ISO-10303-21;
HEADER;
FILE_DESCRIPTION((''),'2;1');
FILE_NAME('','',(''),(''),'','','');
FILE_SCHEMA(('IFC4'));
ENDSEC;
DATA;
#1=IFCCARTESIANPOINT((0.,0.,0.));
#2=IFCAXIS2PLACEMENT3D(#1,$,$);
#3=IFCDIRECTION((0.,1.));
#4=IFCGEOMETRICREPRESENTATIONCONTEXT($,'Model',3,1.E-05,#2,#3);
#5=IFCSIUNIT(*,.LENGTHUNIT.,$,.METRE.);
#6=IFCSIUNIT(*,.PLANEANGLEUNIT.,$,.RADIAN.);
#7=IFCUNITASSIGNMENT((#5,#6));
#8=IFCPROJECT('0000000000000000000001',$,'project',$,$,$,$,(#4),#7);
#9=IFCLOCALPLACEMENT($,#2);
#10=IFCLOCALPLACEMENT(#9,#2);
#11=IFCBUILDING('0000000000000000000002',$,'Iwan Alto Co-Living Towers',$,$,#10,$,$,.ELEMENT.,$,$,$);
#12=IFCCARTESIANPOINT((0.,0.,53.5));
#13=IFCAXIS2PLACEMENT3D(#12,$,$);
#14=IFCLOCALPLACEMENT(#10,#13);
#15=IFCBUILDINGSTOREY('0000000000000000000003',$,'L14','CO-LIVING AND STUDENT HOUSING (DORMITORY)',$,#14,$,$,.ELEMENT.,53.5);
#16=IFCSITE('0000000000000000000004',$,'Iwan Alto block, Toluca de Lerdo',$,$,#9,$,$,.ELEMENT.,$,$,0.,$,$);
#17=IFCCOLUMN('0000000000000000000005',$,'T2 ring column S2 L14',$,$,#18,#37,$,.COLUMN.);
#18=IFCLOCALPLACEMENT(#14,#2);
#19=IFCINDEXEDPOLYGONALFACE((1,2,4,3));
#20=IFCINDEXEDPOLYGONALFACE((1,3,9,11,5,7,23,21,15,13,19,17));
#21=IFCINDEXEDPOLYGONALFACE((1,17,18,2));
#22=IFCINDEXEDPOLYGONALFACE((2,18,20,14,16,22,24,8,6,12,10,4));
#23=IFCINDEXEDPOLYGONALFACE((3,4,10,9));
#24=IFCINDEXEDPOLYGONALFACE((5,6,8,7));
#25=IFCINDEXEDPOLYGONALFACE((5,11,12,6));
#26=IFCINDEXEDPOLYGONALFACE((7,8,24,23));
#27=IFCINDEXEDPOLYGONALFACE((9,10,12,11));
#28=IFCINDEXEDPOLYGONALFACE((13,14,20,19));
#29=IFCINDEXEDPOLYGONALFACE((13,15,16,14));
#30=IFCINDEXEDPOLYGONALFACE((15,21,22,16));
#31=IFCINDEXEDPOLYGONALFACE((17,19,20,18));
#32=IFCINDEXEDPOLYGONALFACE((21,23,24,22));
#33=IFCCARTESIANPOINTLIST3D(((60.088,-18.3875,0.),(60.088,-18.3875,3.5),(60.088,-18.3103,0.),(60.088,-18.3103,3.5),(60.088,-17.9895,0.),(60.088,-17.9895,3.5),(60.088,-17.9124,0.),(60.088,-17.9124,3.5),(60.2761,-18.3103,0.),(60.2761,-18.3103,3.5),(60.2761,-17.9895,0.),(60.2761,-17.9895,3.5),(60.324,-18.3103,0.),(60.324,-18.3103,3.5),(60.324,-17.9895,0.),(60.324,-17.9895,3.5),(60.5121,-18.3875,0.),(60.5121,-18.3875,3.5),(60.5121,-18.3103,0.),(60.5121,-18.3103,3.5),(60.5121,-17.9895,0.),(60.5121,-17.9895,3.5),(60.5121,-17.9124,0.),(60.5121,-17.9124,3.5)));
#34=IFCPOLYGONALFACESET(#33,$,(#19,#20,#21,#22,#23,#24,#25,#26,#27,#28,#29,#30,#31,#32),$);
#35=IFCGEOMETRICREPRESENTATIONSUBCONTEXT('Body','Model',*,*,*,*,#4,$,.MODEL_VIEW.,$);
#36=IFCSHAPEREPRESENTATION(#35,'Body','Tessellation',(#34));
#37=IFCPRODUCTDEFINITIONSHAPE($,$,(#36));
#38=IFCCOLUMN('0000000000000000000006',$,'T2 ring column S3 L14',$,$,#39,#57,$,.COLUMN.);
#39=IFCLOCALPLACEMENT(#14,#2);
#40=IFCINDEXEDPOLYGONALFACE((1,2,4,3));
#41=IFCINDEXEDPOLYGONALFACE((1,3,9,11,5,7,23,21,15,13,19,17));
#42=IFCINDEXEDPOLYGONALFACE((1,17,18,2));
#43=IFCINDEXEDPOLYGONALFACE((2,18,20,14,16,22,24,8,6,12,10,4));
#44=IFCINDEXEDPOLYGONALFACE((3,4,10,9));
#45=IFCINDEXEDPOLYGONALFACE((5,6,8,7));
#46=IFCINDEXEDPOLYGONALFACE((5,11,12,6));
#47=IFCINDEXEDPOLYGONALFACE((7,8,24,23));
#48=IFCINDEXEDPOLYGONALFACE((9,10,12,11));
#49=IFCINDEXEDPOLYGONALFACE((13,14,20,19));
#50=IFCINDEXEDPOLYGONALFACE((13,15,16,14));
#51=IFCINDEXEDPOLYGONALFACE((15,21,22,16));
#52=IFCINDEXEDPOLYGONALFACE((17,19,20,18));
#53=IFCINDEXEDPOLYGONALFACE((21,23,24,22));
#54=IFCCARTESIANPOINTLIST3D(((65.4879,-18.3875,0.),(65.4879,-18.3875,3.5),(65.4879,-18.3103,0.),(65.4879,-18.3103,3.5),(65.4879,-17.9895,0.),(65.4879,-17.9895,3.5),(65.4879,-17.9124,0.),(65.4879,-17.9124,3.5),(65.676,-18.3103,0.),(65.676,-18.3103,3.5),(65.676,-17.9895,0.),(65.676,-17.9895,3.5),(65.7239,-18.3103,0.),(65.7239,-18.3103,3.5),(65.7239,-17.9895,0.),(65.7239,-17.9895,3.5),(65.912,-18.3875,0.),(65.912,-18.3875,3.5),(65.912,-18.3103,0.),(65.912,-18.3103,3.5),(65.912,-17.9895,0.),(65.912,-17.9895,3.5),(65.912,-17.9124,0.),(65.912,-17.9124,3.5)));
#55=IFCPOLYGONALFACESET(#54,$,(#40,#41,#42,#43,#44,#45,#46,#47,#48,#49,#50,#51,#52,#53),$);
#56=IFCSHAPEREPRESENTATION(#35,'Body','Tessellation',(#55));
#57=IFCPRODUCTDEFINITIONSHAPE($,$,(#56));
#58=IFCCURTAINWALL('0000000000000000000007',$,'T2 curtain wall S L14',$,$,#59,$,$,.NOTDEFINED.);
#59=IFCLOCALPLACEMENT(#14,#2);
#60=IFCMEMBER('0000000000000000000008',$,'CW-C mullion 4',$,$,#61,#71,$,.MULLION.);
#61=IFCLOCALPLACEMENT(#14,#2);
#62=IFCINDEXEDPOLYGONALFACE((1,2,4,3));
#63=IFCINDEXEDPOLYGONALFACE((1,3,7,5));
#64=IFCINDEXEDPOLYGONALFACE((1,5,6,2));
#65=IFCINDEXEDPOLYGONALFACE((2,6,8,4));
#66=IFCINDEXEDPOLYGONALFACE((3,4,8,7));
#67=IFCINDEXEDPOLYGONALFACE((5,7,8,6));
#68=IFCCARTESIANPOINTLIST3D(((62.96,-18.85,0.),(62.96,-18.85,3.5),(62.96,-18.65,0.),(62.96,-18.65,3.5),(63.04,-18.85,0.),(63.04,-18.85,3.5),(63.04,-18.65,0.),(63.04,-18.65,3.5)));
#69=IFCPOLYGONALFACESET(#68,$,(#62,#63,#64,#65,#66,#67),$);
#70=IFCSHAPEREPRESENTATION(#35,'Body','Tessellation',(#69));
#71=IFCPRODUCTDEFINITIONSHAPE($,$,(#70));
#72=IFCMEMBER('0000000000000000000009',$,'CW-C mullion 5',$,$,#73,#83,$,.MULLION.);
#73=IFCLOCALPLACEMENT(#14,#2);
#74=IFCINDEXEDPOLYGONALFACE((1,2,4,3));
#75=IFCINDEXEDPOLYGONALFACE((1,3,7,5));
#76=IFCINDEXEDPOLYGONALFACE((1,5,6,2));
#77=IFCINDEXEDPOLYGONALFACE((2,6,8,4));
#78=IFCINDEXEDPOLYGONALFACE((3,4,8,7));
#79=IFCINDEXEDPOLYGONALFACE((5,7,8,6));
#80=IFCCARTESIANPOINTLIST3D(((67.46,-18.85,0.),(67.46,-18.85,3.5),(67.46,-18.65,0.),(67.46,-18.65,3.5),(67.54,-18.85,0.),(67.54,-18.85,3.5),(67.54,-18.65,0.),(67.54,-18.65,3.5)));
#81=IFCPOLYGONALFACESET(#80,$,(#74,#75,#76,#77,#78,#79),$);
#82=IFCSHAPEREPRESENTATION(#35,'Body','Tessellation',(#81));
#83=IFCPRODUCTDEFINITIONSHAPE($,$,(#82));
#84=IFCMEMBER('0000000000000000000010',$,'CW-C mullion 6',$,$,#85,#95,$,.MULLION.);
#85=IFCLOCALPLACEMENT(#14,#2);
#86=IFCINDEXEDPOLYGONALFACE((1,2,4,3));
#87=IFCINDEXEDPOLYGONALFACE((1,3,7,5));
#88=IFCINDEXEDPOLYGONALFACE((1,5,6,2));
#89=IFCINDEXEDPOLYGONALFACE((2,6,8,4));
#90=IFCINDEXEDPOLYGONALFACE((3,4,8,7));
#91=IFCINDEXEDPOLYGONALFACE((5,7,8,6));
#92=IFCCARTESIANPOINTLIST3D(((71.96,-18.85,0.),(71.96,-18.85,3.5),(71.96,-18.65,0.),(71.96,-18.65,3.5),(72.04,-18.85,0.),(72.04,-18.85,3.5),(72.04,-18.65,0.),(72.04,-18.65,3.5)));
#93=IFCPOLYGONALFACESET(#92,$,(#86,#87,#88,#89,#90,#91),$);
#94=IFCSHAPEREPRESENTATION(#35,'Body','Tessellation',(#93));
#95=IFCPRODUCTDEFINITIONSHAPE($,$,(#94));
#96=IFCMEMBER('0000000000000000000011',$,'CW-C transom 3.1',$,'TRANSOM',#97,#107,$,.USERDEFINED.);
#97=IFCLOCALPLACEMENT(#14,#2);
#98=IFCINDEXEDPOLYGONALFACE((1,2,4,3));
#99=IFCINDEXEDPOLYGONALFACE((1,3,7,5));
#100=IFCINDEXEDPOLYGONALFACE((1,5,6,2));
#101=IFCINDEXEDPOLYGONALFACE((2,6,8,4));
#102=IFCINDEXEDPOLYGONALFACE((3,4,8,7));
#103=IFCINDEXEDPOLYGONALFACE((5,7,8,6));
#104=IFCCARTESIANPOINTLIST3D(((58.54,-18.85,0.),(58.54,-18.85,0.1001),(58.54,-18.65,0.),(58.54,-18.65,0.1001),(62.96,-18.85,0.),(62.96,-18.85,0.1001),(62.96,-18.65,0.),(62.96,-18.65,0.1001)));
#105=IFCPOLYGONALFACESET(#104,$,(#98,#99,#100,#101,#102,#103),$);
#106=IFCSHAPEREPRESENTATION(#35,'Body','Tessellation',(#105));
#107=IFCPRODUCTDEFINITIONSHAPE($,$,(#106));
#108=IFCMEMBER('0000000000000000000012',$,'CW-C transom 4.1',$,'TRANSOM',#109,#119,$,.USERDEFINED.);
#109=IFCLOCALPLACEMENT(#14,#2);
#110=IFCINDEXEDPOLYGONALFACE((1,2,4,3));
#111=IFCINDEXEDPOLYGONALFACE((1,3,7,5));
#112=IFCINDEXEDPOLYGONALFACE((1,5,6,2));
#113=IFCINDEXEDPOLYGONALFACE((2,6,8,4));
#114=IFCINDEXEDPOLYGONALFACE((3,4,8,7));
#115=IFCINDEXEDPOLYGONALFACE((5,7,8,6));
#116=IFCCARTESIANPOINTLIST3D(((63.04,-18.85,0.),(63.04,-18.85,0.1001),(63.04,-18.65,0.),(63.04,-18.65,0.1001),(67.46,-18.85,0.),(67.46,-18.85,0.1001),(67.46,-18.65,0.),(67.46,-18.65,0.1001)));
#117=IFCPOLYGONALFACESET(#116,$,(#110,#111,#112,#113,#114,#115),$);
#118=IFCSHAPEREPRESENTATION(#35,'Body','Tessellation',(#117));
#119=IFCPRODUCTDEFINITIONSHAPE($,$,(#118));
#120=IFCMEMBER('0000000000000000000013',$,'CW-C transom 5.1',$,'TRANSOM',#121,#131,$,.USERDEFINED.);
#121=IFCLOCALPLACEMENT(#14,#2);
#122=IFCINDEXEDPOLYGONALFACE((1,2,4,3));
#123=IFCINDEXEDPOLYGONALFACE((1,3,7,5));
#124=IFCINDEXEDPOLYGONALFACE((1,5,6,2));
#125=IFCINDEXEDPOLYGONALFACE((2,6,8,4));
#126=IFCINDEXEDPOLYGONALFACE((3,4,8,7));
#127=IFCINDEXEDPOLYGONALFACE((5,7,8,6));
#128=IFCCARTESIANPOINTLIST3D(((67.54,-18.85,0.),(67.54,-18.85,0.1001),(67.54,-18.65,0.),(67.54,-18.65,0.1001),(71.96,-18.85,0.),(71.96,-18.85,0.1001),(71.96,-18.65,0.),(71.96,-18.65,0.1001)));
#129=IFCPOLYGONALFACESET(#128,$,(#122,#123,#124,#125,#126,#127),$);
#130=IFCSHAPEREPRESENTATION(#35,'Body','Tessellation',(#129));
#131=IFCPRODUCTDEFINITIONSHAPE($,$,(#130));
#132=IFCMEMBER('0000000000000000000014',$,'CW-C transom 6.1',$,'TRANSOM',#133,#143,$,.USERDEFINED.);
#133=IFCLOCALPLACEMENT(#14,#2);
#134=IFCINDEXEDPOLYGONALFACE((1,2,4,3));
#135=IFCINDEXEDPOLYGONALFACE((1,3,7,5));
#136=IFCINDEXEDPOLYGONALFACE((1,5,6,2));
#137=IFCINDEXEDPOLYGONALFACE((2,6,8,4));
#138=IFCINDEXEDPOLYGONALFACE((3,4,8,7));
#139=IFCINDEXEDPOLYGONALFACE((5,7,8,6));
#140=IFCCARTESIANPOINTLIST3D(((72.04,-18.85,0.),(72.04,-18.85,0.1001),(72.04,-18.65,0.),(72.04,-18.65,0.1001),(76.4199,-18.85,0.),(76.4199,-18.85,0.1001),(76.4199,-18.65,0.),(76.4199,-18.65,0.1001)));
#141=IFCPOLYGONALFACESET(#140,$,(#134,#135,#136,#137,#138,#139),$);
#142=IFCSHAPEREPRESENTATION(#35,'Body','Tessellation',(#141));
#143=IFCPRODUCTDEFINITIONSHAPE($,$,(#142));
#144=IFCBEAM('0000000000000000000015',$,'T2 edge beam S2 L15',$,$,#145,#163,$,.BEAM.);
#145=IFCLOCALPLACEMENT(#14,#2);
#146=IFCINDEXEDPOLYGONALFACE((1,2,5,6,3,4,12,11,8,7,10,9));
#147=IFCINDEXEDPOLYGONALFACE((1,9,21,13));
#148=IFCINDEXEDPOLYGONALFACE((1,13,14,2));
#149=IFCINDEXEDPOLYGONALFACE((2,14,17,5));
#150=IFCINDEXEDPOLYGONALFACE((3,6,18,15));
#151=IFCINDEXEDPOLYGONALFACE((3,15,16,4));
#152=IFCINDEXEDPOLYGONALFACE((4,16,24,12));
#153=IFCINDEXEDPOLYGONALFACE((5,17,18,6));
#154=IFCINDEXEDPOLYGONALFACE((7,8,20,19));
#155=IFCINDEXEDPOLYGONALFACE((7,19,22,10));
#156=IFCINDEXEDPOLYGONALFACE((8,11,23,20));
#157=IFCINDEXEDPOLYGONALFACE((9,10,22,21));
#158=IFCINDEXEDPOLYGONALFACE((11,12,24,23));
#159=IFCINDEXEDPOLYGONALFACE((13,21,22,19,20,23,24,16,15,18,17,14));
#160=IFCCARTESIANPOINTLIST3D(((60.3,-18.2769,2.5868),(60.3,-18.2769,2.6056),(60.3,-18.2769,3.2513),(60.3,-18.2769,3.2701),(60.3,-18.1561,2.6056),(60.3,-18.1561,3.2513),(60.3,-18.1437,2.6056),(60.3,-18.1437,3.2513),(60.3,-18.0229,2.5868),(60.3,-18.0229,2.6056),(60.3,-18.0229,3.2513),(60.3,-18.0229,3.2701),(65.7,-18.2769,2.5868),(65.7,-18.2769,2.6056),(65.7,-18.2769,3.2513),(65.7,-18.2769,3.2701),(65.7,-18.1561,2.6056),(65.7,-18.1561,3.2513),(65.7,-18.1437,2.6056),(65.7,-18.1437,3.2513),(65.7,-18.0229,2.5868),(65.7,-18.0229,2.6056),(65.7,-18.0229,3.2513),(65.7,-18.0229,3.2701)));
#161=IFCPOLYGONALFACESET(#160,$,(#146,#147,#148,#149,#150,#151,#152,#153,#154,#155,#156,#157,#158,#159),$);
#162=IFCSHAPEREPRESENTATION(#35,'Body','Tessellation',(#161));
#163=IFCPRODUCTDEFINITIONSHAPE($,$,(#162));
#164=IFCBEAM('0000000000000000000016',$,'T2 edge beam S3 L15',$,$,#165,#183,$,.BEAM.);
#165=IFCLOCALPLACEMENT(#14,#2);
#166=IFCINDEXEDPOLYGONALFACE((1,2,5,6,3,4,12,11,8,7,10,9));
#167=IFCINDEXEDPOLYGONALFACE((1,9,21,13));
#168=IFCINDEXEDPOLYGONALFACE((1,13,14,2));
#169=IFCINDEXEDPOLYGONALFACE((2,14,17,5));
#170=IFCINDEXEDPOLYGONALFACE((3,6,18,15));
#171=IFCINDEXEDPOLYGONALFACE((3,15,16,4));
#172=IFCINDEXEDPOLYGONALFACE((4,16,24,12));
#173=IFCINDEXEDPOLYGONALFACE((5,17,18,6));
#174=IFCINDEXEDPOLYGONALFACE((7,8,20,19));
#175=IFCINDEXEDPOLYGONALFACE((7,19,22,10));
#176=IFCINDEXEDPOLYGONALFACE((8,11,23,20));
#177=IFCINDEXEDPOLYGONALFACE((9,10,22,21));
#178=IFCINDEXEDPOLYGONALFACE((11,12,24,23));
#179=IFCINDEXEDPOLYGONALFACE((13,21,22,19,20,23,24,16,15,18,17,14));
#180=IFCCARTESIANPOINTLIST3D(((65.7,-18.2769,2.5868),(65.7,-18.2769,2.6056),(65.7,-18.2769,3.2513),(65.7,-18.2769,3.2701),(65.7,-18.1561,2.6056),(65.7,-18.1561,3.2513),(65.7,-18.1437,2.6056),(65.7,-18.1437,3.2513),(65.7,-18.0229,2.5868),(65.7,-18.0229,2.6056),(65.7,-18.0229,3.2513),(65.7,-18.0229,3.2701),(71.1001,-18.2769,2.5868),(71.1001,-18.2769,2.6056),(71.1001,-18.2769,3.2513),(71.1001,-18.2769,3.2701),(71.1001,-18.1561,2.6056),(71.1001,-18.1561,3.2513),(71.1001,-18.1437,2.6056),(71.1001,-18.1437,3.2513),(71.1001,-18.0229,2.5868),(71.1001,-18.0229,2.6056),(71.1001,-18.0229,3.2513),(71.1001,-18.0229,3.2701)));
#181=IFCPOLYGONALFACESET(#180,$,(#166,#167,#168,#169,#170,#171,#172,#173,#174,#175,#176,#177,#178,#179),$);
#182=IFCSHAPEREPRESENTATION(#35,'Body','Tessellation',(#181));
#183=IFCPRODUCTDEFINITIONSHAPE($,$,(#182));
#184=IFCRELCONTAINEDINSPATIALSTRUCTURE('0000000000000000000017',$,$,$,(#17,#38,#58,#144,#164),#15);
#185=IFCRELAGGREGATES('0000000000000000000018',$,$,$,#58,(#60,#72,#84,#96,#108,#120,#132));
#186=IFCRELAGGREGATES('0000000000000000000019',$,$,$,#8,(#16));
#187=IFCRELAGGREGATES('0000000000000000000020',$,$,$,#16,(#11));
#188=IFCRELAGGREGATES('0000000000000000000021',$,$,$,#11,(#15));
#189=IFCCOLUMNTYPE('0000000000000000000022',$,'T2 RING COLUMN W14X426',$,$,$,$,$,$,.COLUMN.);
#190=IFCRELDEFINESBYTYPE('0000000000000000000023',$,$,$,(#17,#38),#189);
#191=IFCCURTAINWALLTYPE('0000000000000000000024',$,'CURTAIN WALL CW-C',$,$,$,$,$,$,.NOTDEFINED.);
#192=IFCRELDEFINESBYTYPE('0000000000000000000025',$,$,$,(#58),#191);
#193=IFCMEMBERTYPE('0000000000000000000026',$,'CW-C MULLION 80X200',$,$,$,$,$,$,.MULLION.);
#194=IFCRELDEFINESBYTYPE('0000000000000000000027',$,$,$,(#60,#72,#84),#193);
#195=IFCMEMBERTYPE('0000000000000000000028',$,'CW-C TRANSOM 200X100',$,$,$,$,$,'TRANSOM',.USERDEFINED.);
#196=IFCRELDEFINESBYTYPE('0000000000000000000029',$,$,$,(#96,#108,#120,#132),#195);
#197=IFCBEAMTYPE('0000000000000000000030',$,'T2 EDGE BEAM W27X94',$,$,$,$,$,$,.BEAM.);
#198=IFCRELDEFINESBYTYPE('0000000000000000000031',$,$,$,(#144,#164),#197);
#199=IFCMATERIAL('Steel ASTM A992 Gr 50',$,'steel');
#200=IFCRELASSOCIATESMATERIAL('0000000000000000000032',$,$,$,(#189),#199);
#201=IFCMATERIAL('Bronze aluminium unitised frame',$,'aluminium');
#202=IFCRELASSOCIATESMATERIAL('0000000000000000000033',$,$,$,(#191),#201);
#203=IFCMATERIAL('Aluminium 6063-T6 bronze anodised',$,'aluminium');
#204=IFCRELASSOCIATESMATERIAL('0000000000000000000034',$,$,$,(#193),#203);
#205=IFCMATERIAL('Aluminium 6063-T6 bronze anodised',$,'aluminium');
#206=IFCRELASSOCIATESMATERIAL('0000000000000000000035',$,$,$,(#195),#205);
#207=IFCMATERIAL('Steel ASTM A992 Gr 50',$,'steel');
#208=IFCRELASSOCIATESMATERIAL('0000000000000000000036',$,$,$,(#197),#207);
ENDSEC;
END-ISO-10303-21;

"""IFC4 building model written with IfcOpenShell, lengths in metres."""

from ifc_helpers import new_model, si_unit, direction, frame, origin, origin_2d, place, context, subcontext, project, spatial, rectangle, i_section, extrude, material, material_profile, profile_set, type_object, element, aggregate, save


model = new_model("IFC4")

# Units and contexts
model_context = context("Model", 3, precision=1e-05, world=origin(), true_north=direction((0.0, 1.0)))
body_context = subcontext(model_context, "Body", "Model", "MODEL_VIEW")
ifc_project = project(units=[si_unit("LENGTHUNIT", "METRE"), si_unit("PLANEANGLEUNIT", "RADIAN")], contexts=[model_context])

# Site, building, storey
site_placement = place(None, origin())
site = spatial("IfcSite", under=ifc_project, at=site_placement, Name="Iwan Alto block, Toluca de Lerdo", CompositionType="ELEMENT", RefElevation=0.0)
building_placement = place(site_placement, origin())
building = spatial("IfcBuilding", under=site, at=building_placement, Name="Iwan Alto Co-Living Towers", CompositionType="ELEMENT")
storey_placement = place(building_placement, frame((0.0, 0.0, 53.5)))
storey = spatial("IfcBuildingStorey", under=building, at=storey_placement, Name="L14", Description="CO-LIVING AND STUDENT HOUSING (DORMITORY)", CompositionType="ELEMENT", Elevation=53.5)

# Columns
ifc_material_1 = material(Name="Steel ASTM A992 Gr 50", Category="steel")
ifc_material_profile_1 = material_profile(ifc_material_1, i_section(OverallWidth=0.4241, OverallDepth=0.4751, WebThickness=0.0479, FlangeThickness=0.0771, at=origin_2d()), Name="W14X426")
ifc_profile_set_1 = profile_set([ifc_material_profile_1], Name="Steel ASTM A992 Gr 50")
column_type = type_object("IfcColumnType", Name="T2 RING COLUMN W14X426", PredefinedType="COLUMN", material=ifc_profile_set_1)
for number, where, z_axis, x_axis, name in (
    (1, (60.3, -18.1499, 0.0), (0.0, 0.0, 1.0), (1.0, 0.0, 0.0), "T2 ring column S2 L14"),
    (2, (65.7, -18.1499, 0.0), (0.0, 0.0, 1.0), (1.0, 0.0, 0.0), "T2 ring column S3 L14"),
):
    element("IfcColumn", number, at=place(storey_placement, frame(where, z_axis=z_axis, x_axis=x_axis)), inside=storey, type_object=column_type, Name=name, PredefinedType="COLUMN", context=body_context, shape_type="SweptSolid", body=[
        extrude(i_section(OverallWidth=0.4241, OverallDepth=0.4751, WebThickness=0.0479, FlangeThickness=0.0771, at=origin_2d()), origin(), (0.0, 0.0, 1.0), 3.5),
    ])

# Curtain wall, members
ifc_material_2 = material(Name="Bronze aluminium unitised frame", Category="aluminium")
curtain_wall_type = type_object("IfcCurtainWallType", Name="CURTAIN WALL CW-C", PredefinedType="NOTDEFINED", material=ifc_material_2)
curtain_wall_placement = place(storey_placement, origin())
curtain_wall = element("IfcCurtainWall", 3, at=curtain_wall_placement, inside=storey, type_object=curtain_wall_type, Name="T2 curtain wall S L14", PredefinedType="NOTDEFINED")
ifc_material_3 = material(Name="Aluminium 6063-T6 bronze anodised", Category="aluminium")
ifc_material_profile_2 = material_profile(ifc_material_3, rectangle(XDim=0.2, YDim=0.0801, at=origin_2d()), Name="AL 80X200")
ifc_profile_set_2 = profile_set([ifc_material_profile_2], Name="Aluminium 6063-T6 bronze anodised")
member_type_1 = type_object("IfcMemberType", Name="CW-C MULLION 80X200", PredefinedType="MULLION", material=ifc_profile_set_2)
member_1_placement = place(storey_placement, frame((63.0, -18.75, 0.0), z_axis=(0.0, 0.0, 1.0), x_axis=(0.0, 1.0, 0.0)))
member_1 = element("IfcMember", 4, at=member_1_placement, type_object=member_type_1, Name="CW-C mullion 4", PredefinedType="MULLION", context=body_context, shape_type="SweptSolid", body=[
    extrude(rectangle(XDim=0.2, YDim=0.0801, at=origin_2d()), origin(), (0.0, 0.0, 1.0), 3.5),
])
member_2_placement = place(storey_placement, frame((67.5, -18.75, 0.0), z_axis=(0.0, 0.0, 1.0), x_axis=(0.0, 1.0, 0.0)))
member_2 = element("IfcMember", 5, at=member_2_placement, type_object=member_type_1, Name="CW-C mullion 5", PredefinedType="MULLION", context=body_context, shape_type="SweptSolid", body=[
    extrude(rectangle(XDim=0.2, YDim=0.0801, at=origin_2d()), origin(), (0.0, 0.0, 1.0), 3.5),
])
member_3_placement = place(storey_placement, frame((72.0, -18.75, 0.0), z_axis=(0.0, 0.0, 1.0), x_axis=(0.0, 1.0, 0.0)))
member_3 = element("IfcMember", 6, at=member_3_placement, type_object=member_type_1, Name="CW-C mullion 6", PredefinedType="MULLION", context=body_context, shape_type="SweptSolid", body=[
    extrude(rectangle(XDim=0.2, YDim=0.0801, at=origin_2d()), origin(), (0.0, 0.0, 1.0), 3.5),
])
ifc_material_4 = material(Name="Aluminium 6063-T6 bronze anodised", Category="aluminium")
ifc_material_profile_3 = material_profile(ifc_material_4, rectangle(XDim=0.2, YDim=0.1001, at=origin_2d()), Name="AL 200X100")
ifc_profile_set_3 = profile_set([ifc_material_profile_3], Name="Aluminium 6063-T6 bronze anodised")
member_type_2 = type_object("IfcMemberType", Name="CW-C TRANSOM 200X100", ElementType="TRANSOM", PredefinedType="USERDEFINED", material=ifc_profile_set_3)
member_4_placement = place(storey_placement, frame((58.54, -18.75, 0.05), z_axis=(1.0, 0.0, 0.0), x_axis=(0.0, 1.0, 0.0)))
member_4 = element("IfcMember", 7, at=member_4_placement, type_object=member_type_2, Name="CW-C transom 3.1", ObjectType="TRANSOM", PredefinedType="USERDEFINED", context=body_context, shape_type="SweptSolid", body=[
    extrude(rectangle(XDim=0.2, YDim=0.1001, at=origin_2d()), origin(), (0.0, 0.0, 1.0), 4.4199),
])
member_5_placement = place(storey_placement, frame((63.04, -18.75, 0.05), z_axis=(1.0, 0.0, 0.0), x_axis=(0.0, 1.0, 0.0)))
member_5 = element("IfcMember", 8, at=member_5_placement, type_object=member_type_2, Name="CW-C transom 4.1", ObjectType="TRANSOM", PredefinedType="USERDEFINED", context=body_context, shape_type="SweptSolid", body=[
    extrude(rectangle(XDim=0.2, YDim=0.1001, at=origin_2d()), origin(), (0.0, 0.0, 1.0), 4.4199),
])
member_6_placement = place(storey_placement, frame((67.54, -18.75, 0.05), z_axis=(1.0, 0.0, 0.0), x_axis=(0.0, 1.0, 0.0)))
member_6 = element("IfcMember", 9, at=member_6_placement, type_object=member_type_2, Name="CW-C transom 5.1", ObjectType="TRANSOM", PredefinedType="USERDEFINED", context=body_context, shape_type="SweptSolid", body=[
    extrude(rectangle(XDim=0.2, YDim=0.1001, at=origin_2d()), origin(), (0.0, 0.0, 1.0), 4.4199),
])
member_7_placement = place(storey_placement, frame((72.04, -18.75, 0.05), z_axis=(1.0, 0.0, 0.0), x_axis=(0.0, 1.0, 0.0)))
member_7 = element("IfcMember", 10, at=member_7_placement, type_object=member_type_2, Name="CW-C transom 6.1", ObjectType="TRANSOM", PredefinedType="USERDEFINED", context=body_context, shape_type="SweptSolid", body=[
    extrude(rectangle(XDim=0.2, YDim=0.1001, at=origin_2d()), origin(), (0.0, 0.0, 1.0), 4.3799),
])

# Beams
ifc_material_5 = material(Name="Steel ASTM A992 Gr 50", Category="steel")
ifc_material_profile_4 = material_profile(ifc_material_5, i_section(OverallWidth=0.2539, OverallDepth=0.6833, WebThickness=0.0125, FlangeThickness=0.0188, at=origin_2d()), Name="W27X94")
ifc_profile_set_4 = profile_set([ifc_material_profile_4], Name="Steel ASTM A992 Gr 50")
beam_type_1 = type_object("IfcBeamType", Name="T2 EDGE BEAM W27X94", PredefinedType="BEAM", material=ifc_profile_set_4)
beam_1_placement = place(storey_placement, frame((60.3, -18.1499, 2.9285), z_axis=(1.0, 0.0, 0.0), x_axis=(0.0, 1.0, 0.0)))
element("IfcBeam", 11, at=beam_1_placement, inside=storey, type_object=beam_type_1, Name="T2 edge beam S2 L15", PredefinedType="BEAM", context=body_context, shape_type="SweptSolid", body=[
    extrude(i_section(OverallWidth=0.2539, OverallDepth=0.6833, WebThickness=0.0125, FlangeThickness=0.0188, at=origin_2d()), origin(), (0.0, 0.0, 1.0), 5.3999),
])
beam_2_placement = place(storey_placement, frame((65.7, -18.1499, 2.9285), z_axis=(1.0, 0.0, 0.0), x_axis=(0.0, 1.0, 0.0)))
element("IfcBeam", 12, at=beam_2_placement, inside=storey, type_object=beam_type_1, Name="T2 edge beam S3 L15", PredefinedType="BEAM", context=body_context, shape_type="SweptSolid", body=[
    extrude(i_section(OverallWidth=0.2539, OverallDepth=0.6833, WebThickness=0.0125, FlangeThickness=0.0188, at=origin_2d()), origin(), (0.0, 0.0, 1.0), 5.4001),
])

aggregate(curtain_wall, [member_1, member_2, member_3, member_4, member_5, member_6, member_7])

save(model, "model.ifc")
